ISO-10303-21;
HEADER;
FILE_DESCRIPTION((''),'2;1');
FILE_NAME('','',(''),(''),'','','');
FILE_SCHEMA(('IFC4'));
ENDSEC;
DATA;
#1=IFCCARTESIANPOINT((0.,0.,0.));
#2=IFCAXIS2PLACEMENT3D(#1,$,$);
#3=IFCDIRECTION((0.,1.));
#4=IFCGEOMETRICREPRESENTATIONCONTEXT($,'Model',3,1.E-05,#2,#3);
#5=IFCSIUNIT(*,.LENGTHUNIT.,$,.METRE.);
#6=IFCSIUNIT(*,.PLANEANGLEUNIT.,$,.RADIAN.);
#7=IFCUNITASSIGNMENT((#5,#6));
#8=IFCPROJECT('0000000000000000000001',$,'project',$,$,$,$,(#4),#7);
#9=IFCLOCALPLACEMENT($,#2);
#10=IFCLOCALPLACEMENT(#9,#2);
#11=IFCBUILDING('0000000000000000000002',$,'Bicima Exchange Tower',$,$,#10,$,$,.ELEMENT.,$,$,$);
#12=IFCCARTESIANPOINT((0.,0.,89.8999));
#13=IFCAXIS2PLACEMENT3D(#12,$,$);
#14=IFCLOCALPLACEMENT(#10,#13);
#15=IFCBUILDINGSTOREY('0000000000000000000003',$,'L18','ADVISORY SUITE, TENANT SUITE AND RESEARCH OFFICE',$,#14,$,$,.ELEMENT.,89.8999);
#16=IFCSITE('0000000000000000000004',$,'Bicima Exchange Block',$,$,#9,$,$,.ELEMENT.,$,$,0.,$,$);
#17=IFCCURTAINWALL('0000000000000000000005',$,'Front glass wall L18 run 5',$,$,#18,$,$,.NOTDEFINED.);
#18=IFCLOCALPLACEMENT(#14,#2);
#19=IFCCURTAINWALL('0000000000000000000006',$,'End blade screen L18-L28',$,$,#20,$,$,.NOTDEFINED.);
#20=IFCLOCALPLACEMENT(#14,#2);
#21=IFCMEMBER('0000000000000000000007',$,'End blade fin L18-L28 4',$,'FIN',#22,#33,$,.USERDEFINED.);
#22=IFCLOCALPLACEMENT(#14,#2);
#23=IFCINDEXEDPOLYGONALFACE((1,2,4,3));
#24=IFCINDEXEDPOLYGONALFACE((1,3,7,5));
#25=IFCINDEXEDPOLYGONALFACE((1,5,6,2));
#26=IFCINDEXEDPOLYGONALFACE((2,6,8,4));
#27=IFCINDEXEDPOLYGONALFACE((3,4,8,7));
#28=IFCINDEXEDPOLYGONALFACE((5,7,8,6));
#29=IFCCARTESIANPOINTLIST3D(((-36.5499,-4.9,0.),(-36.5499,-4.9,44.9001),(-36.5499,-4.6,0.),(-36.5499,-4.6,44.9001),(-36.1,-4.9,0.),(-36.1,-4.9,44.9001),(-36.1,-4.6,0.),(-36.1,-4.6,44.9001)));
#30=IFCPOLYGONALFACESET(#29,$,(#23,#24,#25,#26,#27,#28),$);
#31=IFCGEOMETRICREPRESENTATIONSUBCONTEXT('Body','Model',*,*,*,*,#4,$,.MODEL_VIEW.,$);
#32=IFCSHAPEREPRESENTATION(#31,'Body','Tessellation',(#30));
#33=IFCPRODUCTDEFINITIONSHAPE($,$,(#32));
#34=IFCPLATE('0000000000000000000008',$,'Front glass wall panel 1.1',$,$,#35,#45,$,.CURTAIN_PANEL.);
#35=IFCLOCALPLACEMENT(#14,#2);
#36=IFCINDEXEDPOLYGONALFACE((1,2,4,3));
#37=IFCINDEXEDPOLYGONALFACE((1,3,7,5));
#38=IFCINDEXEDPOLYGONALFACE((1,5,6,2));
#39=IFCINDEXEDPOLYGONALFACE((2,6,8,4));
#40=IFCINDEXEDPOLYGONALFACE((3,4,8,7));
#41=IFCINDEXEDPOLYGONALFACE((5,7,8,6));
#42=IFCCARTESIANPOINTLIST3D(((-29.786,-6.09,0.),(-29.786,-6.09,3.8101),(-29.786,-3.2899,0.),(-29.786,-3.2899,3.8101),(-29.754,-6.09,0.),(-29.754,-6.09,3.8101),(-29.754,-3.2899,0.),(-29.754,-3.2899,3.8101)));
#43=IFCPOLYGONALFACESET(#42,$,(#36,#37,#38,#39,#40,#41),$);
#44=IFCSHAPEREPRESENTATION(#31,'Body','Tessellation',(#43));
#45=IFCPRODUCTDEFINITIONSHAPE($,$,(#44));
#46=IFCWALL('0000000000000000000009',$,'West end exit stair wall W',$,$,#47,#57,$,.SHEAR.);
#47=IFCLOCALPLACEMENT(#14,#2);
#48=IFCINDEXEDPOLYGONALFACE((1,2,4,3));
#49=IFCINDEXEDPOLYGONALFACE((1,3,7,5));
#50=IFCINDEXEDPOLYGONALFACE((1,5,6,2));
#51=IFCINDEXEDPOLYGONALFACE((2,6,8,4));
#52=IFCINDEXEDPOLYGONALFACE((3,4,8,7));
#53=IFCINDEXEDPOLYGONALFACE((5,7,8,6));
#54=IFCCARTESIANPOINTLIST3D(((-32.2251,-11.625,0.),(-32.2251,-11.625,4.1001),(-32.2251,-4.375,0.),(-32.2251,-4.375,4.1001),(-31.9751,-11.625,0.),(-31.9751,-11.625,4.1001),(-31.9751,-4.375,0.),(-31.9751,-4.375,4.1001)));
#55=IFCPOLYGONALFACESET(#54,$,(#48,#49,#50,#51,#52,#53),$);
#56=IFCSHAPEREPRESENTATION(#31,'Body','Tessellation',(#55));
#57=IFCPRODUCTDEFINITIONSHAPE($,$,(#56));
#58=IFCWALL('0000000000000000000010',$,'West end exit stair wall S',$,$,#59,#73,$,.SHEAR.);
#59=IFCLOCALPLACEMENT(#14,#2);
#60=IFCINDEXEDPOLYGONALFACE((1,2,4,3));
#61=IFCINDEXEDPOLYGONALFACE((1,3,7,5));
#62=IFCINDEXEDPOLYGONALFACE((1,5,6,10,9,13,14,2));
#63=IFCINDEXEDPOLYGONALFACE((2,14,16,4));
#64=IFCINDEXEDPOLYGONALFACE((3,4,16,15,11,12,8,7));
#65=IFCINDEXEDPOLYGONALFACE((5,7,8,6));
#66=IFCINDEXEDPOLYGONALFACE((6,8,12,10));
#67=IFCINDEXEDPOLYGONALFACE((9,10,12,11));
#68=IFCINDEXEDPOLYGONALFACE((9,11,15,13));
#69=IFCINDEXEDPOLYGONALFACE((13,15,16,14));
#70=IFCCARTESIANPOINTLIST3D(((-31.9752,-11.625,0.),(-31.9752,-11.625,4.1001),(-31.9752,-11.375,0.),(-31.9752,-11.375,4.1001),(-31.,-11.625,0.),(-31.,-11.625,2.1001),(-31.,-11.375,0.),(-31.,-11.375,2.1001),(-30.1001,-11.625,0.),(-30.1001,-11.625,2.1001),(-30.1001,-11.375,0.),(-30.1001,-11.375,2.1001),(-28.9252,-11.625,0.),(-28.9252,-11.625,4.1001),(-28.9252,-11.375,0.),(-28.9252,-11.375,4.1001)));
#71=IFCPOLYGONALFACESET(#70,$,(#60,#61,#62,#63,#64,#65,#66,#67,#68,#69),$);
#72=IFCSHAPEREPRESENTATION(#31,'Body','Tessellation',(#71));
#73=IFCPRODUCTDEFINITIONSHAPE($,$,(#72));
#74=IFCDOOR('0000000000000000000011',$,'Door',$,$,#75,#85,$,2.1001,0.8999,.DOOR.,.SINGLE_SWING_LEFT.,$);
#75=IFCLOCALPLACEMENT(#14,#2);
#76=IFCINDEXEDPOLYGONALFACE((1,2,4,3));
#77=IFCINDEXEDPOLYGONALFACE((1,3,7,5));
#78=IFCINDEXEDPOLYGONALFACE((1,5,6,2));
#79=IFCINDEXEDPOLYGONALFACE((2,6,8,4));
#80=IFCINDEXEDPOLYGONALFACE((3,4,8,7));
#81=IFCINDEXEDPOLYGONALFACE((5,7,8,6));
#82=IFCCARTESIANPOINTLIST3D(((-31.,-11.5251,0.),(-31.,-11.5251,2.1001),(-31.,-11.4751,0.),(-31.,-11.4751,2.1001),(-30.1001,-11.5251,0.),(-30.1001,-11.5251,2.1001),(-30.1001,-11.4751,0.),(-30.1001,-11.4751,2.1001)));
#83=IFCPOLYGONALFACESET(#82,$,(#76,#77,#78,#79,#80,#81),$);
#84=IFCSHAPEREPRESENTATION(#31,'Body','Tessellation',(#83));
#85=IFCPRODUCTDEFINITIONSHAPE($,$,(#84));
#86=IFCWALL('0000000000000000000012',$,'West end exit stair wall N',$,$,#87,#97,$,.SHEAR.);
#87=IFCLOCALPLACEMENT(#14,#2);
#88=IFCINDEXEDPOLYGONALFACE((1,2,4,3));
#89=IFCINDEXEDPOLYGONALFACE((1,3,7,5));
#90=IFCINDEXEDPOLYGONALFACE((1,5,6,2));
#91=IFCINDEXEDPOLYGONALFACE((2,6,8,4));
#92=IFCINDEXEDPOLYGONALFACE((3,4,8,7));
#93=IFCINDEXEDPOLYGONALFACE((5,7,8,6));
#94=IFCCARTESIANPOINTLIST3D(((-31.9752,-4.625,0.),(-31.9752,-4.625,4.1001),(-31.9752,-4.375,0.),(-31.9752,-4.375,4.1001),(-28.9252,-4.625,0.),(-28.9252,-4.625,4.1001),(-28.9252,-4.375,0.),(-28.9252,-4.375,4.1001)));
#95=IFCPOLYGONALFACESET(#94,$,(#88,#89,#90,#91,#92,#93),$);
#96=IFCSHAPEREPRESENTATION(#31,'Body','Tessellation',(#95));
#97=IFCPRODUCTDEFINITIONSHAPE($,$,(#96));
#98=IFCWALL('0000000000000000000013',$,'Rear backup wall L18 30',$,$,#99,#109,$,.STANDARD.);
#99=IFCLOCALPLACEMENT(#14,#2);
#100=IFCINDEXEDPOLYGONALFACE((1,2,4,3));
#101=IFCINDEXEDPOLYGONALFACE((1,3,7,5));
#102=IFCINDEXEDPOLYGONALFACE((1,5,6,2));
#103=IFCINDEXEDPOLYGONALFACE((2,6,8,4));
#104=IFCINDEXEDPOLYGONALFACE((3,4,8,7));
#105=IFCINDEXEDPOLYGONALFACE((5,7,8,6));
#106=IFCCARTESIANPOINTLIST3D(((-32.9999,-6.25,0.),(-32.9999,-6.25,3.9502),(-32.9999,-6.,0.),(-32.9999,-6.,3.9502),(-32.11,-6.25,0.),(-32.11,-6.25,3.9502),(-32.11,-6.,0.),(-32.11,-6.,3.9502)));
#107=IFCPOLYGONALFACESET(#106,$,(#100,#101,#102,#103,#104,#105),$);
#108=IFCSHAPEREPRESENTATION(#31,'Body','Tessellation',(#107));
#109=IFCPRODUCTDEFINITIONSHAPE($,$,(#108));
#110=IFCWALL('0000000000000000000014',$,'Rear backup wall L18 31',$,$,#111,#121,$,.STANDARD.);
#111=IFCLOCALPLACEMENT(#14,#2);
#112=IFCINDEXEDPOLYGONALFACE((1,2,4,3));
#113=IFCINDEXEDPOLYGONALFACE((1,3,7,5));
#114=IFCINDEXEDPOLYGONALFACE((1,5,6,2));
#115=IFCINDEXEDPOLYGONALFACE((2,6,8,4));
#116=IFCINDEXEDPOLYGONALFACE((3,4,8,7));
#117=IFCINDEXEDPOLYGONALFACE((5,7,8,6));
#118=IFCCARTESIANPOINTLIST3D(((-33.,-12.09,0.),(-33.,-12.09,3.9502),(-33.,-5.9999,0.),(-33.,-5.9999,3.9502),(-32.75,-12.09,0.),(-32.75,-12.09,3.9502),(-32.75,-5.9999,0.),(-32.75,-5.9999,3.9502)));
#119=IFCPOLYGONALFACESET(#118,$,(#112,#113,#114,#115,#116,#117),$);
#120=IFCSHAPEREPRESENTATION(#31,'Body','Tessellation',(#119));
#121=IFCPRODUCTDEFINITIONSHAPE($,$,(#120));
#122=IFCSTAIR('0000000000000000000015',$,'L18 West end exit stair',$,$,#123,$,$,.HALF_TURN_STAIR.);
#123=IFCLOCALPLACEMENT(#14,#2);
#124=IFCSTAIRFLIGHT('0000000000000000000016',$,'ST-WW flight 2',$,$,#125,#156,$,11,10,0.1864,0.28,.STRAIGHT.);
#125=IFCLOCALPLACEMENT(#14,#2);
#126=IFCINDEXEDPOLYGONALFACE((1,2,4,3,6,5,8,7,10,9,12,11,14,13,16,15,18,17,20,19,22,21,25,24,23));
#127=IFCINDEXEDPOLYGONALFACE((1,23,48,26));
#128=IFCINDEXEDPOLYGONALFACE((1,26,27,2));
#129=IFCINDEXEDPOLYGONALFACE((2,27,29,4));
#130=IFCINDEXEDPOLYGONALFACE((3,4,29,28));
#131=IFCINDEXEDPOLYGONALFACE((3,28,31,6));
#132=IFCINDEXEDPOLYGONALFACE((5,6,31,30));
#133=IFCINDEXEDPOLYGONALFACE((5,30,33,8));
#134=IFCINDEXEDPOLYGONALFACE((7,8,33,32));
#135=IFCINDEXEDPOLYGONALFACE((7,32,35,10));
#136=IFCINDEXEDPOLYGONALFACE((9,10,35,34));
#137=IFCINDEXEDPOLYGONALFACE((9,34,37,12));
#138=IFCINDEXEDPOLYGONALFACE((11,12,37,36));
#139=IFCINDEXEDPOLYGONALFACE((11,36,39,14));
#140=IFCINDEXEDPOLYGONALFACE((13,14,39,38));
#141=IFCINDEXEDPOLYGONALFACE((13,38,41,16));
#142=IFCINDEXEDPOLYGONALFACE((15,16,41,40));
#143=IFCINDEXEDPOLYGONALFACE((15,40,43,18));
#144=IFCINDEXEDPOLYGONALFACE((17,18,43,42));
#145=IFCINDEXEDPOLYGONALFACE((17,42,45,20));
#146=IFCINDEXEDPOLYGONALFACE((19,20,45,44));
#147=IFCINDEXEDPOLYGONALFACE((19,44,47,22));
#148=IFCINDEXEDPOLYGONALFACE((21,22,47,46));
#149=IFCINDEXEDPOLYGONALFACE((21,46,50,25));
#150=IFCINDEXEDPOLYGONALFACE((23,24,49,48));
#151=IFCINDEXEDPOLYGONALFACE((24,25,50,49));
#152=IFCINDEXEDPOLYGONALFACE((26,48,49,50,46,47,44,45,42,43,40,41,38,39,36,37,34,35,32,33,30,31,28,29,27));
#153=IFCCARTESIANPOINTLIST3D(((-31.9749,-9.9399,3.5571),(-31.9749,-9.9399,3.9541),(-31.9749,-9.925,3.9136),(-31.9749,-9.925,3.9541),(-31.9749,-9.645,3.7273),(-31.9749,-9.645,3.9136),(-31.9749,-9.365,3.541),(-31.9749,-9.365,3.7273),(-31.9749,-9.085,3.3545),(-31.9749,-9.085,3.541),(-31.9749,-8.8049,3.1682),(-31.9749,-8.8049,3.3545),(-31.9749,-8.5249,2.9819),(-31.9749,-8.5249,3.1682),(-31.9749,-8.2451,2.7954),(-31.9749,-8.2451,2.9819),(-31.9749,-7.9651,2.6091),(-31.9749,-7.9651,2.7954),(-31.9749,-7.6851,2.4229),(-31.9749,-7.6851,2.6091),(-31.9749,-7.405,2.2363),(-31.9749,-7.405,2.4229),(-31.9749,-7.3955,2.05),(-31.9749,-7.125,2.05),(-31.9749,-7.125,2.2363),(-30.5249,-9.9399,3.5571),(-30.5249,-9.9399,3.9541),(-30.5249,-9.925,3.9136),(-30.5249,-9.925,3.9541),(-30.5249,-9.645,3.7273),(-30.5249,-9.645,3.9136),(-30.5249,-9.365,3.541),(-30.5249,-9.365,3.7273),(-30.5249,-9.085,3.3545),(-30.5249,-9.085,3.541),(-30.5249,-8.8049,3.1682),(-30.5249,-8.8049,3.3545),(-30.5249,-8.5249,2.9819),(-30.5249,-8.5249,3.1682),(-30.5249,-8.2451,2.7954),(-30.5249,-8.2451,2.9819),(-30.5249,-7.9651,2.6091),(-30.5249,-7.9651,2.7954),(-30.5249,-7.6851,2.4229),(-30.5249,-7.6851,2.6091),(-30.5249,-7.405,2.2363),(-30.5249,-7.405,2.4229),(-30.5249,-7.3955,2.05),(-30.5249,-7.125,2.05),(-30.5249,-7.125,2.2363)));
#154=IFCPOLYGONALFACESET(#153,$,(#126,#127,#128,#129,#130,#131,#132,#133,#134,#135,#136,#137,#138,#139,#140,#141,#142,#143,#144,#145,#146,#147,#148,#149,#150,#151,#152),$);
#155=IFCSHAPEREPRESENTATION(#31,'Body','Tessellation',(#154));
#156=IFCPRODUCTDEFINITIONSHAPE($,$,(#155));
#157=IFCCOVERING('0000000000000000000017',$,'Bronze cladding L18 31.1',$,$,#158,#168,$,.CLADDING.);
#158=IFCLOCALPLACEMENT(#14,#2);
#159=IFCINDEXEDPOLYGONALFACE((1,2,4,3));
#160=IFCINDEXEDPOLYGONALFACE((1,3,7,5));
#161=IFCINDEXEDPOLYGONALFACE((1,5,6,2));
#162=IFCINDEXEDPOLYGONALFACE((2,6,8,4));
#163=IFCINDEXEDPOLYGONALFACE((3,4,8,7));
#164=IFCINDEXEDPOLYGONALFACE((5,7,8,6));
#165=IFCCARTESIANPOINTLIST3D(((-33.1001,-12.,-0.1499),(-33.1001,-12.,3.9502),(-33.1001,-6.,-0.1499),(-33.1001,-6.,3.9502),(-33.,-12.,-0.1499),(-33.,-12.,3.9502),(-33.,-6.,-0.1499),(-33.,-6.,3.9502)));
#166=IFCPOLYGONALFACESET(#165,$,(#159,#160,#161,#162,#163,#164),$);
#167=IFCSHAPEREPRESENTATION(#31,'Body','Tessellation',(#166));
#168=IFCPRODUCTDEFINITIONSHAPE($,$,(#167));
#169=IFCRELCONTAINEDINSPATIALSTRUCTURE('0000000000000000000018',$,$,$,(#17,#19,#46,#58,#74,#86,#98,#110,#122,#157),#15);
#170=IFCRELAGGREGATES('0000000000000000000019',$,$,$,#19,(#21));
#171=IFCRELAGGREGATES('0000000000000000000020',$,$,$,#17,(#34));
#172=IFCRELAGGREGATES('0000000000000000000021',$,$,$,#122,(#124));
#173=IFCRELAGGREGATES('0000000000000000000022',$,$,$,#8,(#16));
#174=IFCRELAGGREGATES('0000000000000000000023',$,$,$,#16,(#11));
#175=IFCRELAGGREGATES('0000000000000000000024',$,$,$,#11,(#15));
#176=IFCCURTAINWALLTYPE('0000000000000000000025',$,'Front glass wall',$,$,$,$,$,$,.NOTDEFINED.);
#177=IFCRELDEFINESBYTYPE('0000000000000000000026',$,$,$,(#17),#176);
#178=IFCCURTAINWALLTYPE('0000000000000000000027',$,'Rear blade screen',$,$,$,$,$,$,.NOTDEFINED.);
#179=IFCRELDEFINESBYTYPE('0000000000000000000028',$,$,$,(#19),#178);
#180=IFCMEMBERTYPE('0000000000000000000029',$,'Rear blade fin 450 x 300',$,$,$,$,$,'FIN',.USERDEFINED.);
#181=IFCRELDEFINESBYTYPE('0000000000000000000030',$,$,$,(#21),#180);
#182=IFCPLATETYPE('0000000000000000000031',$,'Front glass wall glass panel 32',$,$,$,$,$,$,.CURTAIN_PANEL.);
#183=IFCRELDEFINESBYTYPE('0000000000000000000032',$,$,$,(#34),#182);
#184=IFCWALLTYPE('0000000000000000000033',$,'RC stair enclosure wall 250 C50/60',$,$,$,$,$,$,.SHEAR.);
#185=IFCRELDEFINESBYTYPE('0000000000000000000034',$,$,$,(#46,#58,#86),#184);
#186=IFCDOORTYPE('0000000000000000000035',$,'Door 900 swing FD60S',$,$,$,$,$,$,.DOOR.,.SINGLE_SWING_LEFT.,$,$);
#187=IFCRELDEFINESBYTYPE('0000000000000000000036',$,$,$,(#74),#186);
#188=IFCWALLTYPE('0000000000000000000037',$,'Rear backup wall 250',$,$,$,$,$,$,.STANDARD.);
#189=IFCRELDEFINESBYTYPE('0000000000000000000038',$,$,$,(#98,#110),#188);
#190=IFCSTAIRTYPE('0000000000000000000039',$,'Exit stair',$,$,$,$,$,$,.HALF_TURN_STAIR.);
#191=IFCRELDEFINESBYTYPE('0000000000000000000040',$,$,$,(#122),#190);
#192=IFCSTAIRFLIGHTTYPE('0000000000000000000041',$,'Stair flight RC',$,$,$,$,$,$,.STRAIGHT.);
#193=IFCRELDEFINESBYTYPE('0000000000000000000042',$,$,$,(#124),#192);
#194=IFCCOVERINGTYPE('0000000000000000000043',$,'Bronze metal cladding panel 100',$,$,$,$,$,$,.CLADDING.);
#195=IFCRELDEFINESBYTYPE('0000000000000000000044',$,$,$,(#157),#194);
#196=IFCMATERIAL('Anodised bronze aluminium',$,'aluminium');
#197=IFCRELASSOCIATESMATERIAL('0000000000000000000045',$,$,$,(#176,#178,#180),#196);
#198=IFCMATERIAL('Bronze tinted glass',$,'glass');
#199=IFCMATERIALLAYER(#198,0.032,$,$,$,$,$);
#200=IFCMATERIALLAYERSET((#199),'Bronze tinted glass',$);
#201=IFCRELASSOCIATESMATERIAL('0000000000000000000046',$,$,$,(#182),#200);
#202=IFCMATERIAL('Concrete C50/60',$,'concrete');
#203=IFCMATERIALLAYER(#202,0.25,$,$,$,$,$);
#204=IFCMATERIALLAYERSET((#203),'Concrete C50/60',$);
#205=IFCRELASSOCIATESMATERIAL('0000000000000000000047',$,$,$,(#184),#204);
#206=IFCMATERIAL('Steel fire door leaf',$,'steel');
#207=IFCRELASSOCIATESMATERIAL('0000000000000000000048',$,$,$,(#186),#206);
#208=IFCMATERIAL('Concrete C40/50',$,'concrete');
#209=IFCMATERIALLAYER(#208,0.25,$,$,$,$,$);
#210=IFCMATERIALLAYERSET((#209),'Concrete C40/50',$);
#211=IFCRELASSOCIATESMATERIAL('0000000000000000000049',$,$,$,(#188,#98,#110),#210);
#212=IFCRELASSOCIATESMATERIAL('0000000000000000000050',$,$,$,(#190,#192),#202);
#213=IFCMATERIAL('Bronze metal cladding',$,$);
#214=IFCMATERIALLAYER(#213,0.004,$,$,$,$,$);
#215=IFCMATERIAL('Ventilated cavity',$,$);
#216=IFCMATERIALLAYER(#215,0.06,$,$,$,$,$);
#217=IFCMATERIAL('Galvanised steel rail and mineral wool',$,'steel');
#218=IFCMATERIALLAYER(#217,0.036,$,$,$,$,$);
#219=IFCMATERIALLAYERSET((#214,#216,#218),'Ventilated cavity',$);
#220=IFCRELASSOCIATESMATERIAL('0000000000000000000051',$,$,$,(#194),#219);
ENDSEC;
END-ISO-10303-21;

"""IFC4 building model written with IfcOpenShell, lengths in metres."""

from ifc_helpers import new_model, si_unit, direction, frame, frame_2d, origin, origin_2d, place, context, subcontext, project, spatial, polyline, rectangle, outline, extrude, material, layer, layer_set, layer_usage, material_profile, profile_set, type_object, element, fill, aggregate, save


model = new_model("IFC4")

# Units and contexts
model_context = context("Model", 3, precision=1e-05, world=origin(), true_north=direction((0.0, 1.0)))
body_context = subcontext(model_context, "Body", "Model", "MODEL_VIEW")
ifc_project = project(units=[si_unit("LENGTHUNIT", "METRE"), si_unit("PLANEANGLEUNIT", "RADIAN")], contexts=[model_context])

# Site, building, storey
site_placement = place(None, origin())
site = spatial("IfcSite", under=ifc_project, at=site_placement, Name="Bicima Exchange Block", CompositionType="ELEMENT", RefElevation=0.0)
building_placement = place(site_placement, origin())
building = spatial("IfcBuilding", under=site, at=building_placement, Name="Bicima Exchange Tower", CompositionType="ELEMENT")
storey_placement = place(building_placement, frame((0.0, 0.0, 89.8999)))
storey = spatial("IfcBuildingStorey", under=building, at=storey_placement, Name="L18", Description="ADVISORY SUITE, TENANT SUITE AND RESEARCH OFFICE", CompositionType="ELEMENT", Elevation=89.8999)

# Curtain wall
ifc_material_1 = material(Name="Anodised bronze aluminium", Category="aluminium")
curtain_wall_type_1 = type_object("IfcCurtainWallType", Name="Front glass wall", PredefinedType="NOTDEFINED", material=ifc_material_1)
curtain_wall_1_placement = place(storey_placement, origin())
curtain_wall_1 = element("IfcCurtainWall", 1, at=curtain_wall_1_placement, inside=storey, type_object=curtain_wall_type_1, Name="Front glass wall L18 run 5", PredefinedType="NOTDEFINED")

# Shared definitions
curtain_wall_type_2 = type_object("IfcCurtainWallType", Name="Rear blade screen", PredefinedType="NOTDEFINED", material=ifc_material_1)
ifc_material_profile_1 = material_profile(ifc_material_1, rectangle(XDim=0.45, YDim=0.3, at=origin_2d()))
ifc_profile_set_1 = profile_set([ifc_material_profile_1], Name="Anodised bronze aluminium")
member_type_1 = type_object("IfcMemberType", Name="Rear blade fin 450 x 300", ElementType="FIN", PredefinedType="USERDEFINED", material=ifc_profile_set_1)

# Curtain wall, member
curtain_wall_2_placement = place(storey_placement, origin())
curtain_wall_2 = element("IfcCurtainWall", 2, at=curtain_wall_2_placement, inside=storey, type_object=curtain_wall_type_2, Name="End blade screen L18-L28", PredefinedType="NOTDEFINED")
member_1_placement = place(storey_placement, frame((-36.325, -4.75, 0.0), z_axis=(0.0, 0.0, 1.0), x_axis=(1.0, 0.0, 0.0)))
member_1 = element("IfcMember", 3, at=member_1_placement, type_object=member_type_1, Name="End blade fin L18-L28 4", ObjectType="FIN", PredefinedType="USERDEFINED", context=body_context, shape_type="SweptSolid", body=[
    extrude(rectangle(XDim=0.45, YDim=0.3, at=origin_2d()), origin(), (0.0, 0.0, 1.0), 44.9001),
])
aggregate(curtain_wall_2, [member_1])

# Plate
ifc_material_2 = material(Name="Bronze tinted glass", Category="glass")
ifc_layer_1 = layer(ifc_material_2, 0.032)
ifc_layer_set_1 = layer_set([ifc_layer_1], Name="Bronze tinted glass")
plate_type = type_object("IfcPlateType", Name="Front glass wall glass panel 32", PredefinedType="CURTAIN_PANEL", material=ifc_layer_set_1)
plate_placement = place(storey_placement, frame((-29.77, -4.6899, 0.0), z_axis=(0.0, 0.0, 1.0), x_axis=(0.0, -1.0, 0.0)))
plate = element("IfcPlate", 4, at=plate_placement, type_object=plate_type, Name="Front glass wall panel 1.1", PredefinedType="CURTAIN_PANEL", context=body_context, shape_type="SweptSolid", body=[
    extrude(rectangle(XDim=2.8, YDim=0.032, at=origin_2d()), origin(), (0.0, 0.0, 1.0), 3.8101),
])
aggregate(curtain_wall_1, [plate])

# Wall
ifc_material_3 = material(Name="Concrete C50/60", Category="concrete")
ifc_layer_2 = layer(ifc_material_3, 0.25)
ifc_layer_set_2 = layer_set([ifc_layer_2], Name="Concrete C50/60")
wall_type_1 = type_object("IfcWallType", Name="RC stair enclosure wall 250 C50/60", PredefinedType="SHEAR", material=ifc_layer_set_2)
wall_1_placement = place(storey_placement, frame((-32.1001, -11.625, 0.0), z_axis=(0.0, 0.0, 1.0), x_axis=(0.0, 1.0, 0.0)))
element("IfcWall", 5, at=wall_1_placement, inside=storey, type_object=wall_type_1, Name="West end exit stair wall W", PredefinedType="SHEAR", context=body_context, shape_type="SweptSolid", body=[
    extrude(rectangle(XDim=7.25, YDim=0.25, at=frame_2d((3.625, 0.0))), origin(), (0.0, 0.0, 1.0), 4.1001),
])

# Wall, opening, door
wall_2_placement = place(storey_placement, frame((-31.9751, -11.5, 0.0), z_axis=(0.0, 0.0, 1.0), x_axis=(1.0, 0.0, 0.0)))
wall_2 = element("IfcWall", 6, at=wall_2_placement, inside=storey, type_object=wall_type_1, Name="West end exit stair wall S", PredefinedType="SHEAR", context=body_context, shape_type="SweptSolid", body=[
    extrude(rectangle(XDim=3.05, YDim=0.25, at=frame_2d((1.5249, 0.0))), origin(), (0.0, 0.0, 1.0), 4.1001),
])
opening_placement = place(wall_2_placement, frame((0.9751, 0.0, 0.0)))
opening = element("IfcOpeningElement", 7, at=opening_placement, cuts=wall_2, PredefinedType="OPENING", context=body_context, shape_type="SweptSolid", body=[
    extrude(rectangle(XDim=0.8999, YDim=2.1001, at=frame_2d((0.45, 1.05))), frame((0.0, 0.137, 0.0), z_axis=(0.0, -1.0, 0.0), x_axis=(1.0, 0.0, 0.0)), (0.0, 0.0, 1.0), 0.2739),
])
ifc_material_4 = material(Name="Steel fire door leaf", Category="steel")
door_type = type_object("IfcDoorType", Name="Door 900 swing FD60S", OperationType="SINGLE_SWING_LEFT", PredefinedType="DOOR", material=ifc_material_4)
door_placement = place(opening_placement, origin())
door = element("IfcDoor", 8, at=door_placement, inside=storey, type_object=door_type, Name="Door", OperationType="SINGLE_SWING_LEFT", OverallHeight=2.1001, OverallWidth=0.8999, PredefinedType="DOOR", context=body_context, shape_type="SweptSolid", body=[
    extrude(rectangle(XDim=0.8999, YDim=2.1001, at=frame_2d((0.45, 1.05))), frame((0.0, 0.0249, 0.0), z_axis=(0.0, -1.0, 0.0), x_axis=(1.0, 0.0, 0.0)), (0.0, 0.0, 1.0), 0.05),
])
fill(opening, door)

# Walls
wall_3_placement = place(storey_placement, frame((-31.9751, -4.5, 0.0), z_axis=(0.0, 0.0, 1.0), x_axis=(1.0, 0.0, 0.0)))
element("IfcWall", 9, at=wall_3_placement, inside=storey, type_object=wall_type_1, Name="West end exit stair wall N", PredefinedType="SHEAR", context=body_context, shape_type="SweptSolid", body=[
    extrude(rectangle(XDim=3.05, YDim=0.25, at=frame_2d((1.5249, 0.0))), origin(), (0.0, 0.0, 1.0), 4.1001),
])
ifc_material_5 = material(Name="Concrete C40/50", Category="concrete")
ifc_layer_3 = layer(ifc_material_5, 0.25)
ifc_layer_set_3 = layer_set([ifc_layer_3], Name="Concrete C40/50")
ifc_layer_usage = layer_usage(ifc_layer_set_3, "AXIS2", "POSITIVE", -0.125)
wall_type_2 = type_object("IfcWallType", Name="Rear backup wall 250", PredefinedType="STANDARD", material=ifc_layer_set_3)
wall_4_placement = place(storey_placement, frame((-32.1101, -6.125, 0.0), z_axis=(0.0, 0.0, 1.0), x_axis=(-1.0, 0.0, 0.0)))
element("IfcWall", 10, at=wall_4_placement, inside=storey, type_object=wall_type_2, material=ifc_layer_usage, Name="Rear backup wall L18 30", PredefinedType="STANDARD", context=body_context, shape_type="SweptSolid", body=[
    extrude(rectangle(XDim=0.8899, YDim=0.25, at=frame_2d((0.4448, 0.0))), origin(), (0.0, 0.0, 1.0), 3.9502),
])
wall_5_placement = place(storey_placement, frame((-32.875, -6.0, 0.0), z_axis=(0.0, 0.0, 1.0), x_axis=(0.0, -1.0, 0.0)))
element("IfcWall", 11, at=wall_5_placement, inside=storey, type_object=wall_type_2, material=ifc_layer_usage, Name="Rear backup wall L18 31", PredefinedType="STANDARD", context=body_context, shape_type="SweptSolid", body=[
    extrude(rectangle(XDim=6.0901, YDim=0.25, at=frame_2d((3.0449, 0.0))), origin(), (0.0, 0.0, 1.0), 3.9502),
])

# Stair, stair flight
stair_type = type_object("IfcStairType", Name="Exit stair", PredefinedType="HALF_TURN_STAIR", material=ifc_material_3)
stair_placement = place(storey_placement, origin())
stair = element("IfcStair", 12, at=stair_placement, inside=storey, type_object=stair_type, Name="L18 West end exit stair", PredefinedType="HALF_TURN_STAIR")
stair_flight_type = type_object("IfcStairFlightType", Name="Stair flight RC", PredefinedType="STRAIGHT", material=ifc_material_3)
stair_flight_placement = place(storey_placement, frame((-31.25, -7.125, 2.05), z_axis=(0.0, 0.0, 1.0), x_axis=(0.0, -1.0, 0.0)))
stair_flight = element("IfcStairFlight", 13, at=stair_flight_placement, type_object=stair_flight_type, Name="ST-WW flight 2", NumberOfRisers=11, NumberOfTreads=10, PredefinedType="STRAIGHT", RiserHeight=0.1864, TreadLength=0.28, context=body_context, shape_type="SweptSolid", body=[
    extrude(outline(polyline([(0.0, 0.0), (0.0, 0.1863), (0.28, 0.1863), (0.28, 0.3728), (0.5601, 0.3728), (0.5601, 0.5591), (0.8401, 0.5591), (0.8401, 0.7454), (1.1201, 0.7454), (1.1201, 0.9319), (1.3999, 0.9319), (1.3999, 1.1182), (1.6799, 1.1182), (1.6799, 1.3044), (1.96, 1.3044), (1.96, 1.491), (2.24, 1.491), (2.24, 1.6772), (2.52, 1.6772), (2.52, 1.8635), (2.8, 1.8635), (2.8, 1.9041), (2.8149, 1.9041), (2.8149, 1.5071), (0.2705, 0.0), (0.0, 0.0)])), frame((0.0, 0.7251, 0.0), z_axis=(0.0, -1.0, 0.0), x_axis=(1.0, 0.0, 0.0)), (0.0, 0.0, 1.0), 1.45),
])
aggregate(stair, [stair_flight])

# Covering
ifc_material_6 = material(Name="Bronze metal cladding")
ifc_layer_4 = layer(ifc_material_6, 0.004)
ifc_material_7 = material(Name="Ventilated cavity")
ifc_layer_5 = layer(ifc_material_7, 0.06)
ifc_material_8 = material(Name="Galvanised steel rail and mineral wool", Category="steel")
ifc_layer_6 = layer(ifc_material_8, 0.036)
ifc_layer_set_4 = layer_set([ifc_layer_4, ifc_layer_5, ifc_layer_6], Name="Ventilated cavity")
covering_type = type_object("IfcCoveringType", Name="Bronze metal cladding panel 100", PredefinedType="CLADDING", material=ifc_layer_set_4)
covering_placement = place(storey_placement, frame((-33.05, -9.0, -0.1499), z_axis=(0.0, 0.0, 1.0), x_axis=(0.0, -1.0, 0.0)))
element("IfcCovering", 14, at=covering_placement, inside=storey, type_object=covering_type, Name="Bronze cladding L18 31.1", PredefinedType="CLADDING", context=body_context, shape_type="SweptSolid", body=[
    extrude(rectangle(XDim=6.0, YDim=0.1001, at=origin_2d()), origin(), (0.0, 0.0, 1.0), 4.1001),
])

save(model, "model.ifc")
